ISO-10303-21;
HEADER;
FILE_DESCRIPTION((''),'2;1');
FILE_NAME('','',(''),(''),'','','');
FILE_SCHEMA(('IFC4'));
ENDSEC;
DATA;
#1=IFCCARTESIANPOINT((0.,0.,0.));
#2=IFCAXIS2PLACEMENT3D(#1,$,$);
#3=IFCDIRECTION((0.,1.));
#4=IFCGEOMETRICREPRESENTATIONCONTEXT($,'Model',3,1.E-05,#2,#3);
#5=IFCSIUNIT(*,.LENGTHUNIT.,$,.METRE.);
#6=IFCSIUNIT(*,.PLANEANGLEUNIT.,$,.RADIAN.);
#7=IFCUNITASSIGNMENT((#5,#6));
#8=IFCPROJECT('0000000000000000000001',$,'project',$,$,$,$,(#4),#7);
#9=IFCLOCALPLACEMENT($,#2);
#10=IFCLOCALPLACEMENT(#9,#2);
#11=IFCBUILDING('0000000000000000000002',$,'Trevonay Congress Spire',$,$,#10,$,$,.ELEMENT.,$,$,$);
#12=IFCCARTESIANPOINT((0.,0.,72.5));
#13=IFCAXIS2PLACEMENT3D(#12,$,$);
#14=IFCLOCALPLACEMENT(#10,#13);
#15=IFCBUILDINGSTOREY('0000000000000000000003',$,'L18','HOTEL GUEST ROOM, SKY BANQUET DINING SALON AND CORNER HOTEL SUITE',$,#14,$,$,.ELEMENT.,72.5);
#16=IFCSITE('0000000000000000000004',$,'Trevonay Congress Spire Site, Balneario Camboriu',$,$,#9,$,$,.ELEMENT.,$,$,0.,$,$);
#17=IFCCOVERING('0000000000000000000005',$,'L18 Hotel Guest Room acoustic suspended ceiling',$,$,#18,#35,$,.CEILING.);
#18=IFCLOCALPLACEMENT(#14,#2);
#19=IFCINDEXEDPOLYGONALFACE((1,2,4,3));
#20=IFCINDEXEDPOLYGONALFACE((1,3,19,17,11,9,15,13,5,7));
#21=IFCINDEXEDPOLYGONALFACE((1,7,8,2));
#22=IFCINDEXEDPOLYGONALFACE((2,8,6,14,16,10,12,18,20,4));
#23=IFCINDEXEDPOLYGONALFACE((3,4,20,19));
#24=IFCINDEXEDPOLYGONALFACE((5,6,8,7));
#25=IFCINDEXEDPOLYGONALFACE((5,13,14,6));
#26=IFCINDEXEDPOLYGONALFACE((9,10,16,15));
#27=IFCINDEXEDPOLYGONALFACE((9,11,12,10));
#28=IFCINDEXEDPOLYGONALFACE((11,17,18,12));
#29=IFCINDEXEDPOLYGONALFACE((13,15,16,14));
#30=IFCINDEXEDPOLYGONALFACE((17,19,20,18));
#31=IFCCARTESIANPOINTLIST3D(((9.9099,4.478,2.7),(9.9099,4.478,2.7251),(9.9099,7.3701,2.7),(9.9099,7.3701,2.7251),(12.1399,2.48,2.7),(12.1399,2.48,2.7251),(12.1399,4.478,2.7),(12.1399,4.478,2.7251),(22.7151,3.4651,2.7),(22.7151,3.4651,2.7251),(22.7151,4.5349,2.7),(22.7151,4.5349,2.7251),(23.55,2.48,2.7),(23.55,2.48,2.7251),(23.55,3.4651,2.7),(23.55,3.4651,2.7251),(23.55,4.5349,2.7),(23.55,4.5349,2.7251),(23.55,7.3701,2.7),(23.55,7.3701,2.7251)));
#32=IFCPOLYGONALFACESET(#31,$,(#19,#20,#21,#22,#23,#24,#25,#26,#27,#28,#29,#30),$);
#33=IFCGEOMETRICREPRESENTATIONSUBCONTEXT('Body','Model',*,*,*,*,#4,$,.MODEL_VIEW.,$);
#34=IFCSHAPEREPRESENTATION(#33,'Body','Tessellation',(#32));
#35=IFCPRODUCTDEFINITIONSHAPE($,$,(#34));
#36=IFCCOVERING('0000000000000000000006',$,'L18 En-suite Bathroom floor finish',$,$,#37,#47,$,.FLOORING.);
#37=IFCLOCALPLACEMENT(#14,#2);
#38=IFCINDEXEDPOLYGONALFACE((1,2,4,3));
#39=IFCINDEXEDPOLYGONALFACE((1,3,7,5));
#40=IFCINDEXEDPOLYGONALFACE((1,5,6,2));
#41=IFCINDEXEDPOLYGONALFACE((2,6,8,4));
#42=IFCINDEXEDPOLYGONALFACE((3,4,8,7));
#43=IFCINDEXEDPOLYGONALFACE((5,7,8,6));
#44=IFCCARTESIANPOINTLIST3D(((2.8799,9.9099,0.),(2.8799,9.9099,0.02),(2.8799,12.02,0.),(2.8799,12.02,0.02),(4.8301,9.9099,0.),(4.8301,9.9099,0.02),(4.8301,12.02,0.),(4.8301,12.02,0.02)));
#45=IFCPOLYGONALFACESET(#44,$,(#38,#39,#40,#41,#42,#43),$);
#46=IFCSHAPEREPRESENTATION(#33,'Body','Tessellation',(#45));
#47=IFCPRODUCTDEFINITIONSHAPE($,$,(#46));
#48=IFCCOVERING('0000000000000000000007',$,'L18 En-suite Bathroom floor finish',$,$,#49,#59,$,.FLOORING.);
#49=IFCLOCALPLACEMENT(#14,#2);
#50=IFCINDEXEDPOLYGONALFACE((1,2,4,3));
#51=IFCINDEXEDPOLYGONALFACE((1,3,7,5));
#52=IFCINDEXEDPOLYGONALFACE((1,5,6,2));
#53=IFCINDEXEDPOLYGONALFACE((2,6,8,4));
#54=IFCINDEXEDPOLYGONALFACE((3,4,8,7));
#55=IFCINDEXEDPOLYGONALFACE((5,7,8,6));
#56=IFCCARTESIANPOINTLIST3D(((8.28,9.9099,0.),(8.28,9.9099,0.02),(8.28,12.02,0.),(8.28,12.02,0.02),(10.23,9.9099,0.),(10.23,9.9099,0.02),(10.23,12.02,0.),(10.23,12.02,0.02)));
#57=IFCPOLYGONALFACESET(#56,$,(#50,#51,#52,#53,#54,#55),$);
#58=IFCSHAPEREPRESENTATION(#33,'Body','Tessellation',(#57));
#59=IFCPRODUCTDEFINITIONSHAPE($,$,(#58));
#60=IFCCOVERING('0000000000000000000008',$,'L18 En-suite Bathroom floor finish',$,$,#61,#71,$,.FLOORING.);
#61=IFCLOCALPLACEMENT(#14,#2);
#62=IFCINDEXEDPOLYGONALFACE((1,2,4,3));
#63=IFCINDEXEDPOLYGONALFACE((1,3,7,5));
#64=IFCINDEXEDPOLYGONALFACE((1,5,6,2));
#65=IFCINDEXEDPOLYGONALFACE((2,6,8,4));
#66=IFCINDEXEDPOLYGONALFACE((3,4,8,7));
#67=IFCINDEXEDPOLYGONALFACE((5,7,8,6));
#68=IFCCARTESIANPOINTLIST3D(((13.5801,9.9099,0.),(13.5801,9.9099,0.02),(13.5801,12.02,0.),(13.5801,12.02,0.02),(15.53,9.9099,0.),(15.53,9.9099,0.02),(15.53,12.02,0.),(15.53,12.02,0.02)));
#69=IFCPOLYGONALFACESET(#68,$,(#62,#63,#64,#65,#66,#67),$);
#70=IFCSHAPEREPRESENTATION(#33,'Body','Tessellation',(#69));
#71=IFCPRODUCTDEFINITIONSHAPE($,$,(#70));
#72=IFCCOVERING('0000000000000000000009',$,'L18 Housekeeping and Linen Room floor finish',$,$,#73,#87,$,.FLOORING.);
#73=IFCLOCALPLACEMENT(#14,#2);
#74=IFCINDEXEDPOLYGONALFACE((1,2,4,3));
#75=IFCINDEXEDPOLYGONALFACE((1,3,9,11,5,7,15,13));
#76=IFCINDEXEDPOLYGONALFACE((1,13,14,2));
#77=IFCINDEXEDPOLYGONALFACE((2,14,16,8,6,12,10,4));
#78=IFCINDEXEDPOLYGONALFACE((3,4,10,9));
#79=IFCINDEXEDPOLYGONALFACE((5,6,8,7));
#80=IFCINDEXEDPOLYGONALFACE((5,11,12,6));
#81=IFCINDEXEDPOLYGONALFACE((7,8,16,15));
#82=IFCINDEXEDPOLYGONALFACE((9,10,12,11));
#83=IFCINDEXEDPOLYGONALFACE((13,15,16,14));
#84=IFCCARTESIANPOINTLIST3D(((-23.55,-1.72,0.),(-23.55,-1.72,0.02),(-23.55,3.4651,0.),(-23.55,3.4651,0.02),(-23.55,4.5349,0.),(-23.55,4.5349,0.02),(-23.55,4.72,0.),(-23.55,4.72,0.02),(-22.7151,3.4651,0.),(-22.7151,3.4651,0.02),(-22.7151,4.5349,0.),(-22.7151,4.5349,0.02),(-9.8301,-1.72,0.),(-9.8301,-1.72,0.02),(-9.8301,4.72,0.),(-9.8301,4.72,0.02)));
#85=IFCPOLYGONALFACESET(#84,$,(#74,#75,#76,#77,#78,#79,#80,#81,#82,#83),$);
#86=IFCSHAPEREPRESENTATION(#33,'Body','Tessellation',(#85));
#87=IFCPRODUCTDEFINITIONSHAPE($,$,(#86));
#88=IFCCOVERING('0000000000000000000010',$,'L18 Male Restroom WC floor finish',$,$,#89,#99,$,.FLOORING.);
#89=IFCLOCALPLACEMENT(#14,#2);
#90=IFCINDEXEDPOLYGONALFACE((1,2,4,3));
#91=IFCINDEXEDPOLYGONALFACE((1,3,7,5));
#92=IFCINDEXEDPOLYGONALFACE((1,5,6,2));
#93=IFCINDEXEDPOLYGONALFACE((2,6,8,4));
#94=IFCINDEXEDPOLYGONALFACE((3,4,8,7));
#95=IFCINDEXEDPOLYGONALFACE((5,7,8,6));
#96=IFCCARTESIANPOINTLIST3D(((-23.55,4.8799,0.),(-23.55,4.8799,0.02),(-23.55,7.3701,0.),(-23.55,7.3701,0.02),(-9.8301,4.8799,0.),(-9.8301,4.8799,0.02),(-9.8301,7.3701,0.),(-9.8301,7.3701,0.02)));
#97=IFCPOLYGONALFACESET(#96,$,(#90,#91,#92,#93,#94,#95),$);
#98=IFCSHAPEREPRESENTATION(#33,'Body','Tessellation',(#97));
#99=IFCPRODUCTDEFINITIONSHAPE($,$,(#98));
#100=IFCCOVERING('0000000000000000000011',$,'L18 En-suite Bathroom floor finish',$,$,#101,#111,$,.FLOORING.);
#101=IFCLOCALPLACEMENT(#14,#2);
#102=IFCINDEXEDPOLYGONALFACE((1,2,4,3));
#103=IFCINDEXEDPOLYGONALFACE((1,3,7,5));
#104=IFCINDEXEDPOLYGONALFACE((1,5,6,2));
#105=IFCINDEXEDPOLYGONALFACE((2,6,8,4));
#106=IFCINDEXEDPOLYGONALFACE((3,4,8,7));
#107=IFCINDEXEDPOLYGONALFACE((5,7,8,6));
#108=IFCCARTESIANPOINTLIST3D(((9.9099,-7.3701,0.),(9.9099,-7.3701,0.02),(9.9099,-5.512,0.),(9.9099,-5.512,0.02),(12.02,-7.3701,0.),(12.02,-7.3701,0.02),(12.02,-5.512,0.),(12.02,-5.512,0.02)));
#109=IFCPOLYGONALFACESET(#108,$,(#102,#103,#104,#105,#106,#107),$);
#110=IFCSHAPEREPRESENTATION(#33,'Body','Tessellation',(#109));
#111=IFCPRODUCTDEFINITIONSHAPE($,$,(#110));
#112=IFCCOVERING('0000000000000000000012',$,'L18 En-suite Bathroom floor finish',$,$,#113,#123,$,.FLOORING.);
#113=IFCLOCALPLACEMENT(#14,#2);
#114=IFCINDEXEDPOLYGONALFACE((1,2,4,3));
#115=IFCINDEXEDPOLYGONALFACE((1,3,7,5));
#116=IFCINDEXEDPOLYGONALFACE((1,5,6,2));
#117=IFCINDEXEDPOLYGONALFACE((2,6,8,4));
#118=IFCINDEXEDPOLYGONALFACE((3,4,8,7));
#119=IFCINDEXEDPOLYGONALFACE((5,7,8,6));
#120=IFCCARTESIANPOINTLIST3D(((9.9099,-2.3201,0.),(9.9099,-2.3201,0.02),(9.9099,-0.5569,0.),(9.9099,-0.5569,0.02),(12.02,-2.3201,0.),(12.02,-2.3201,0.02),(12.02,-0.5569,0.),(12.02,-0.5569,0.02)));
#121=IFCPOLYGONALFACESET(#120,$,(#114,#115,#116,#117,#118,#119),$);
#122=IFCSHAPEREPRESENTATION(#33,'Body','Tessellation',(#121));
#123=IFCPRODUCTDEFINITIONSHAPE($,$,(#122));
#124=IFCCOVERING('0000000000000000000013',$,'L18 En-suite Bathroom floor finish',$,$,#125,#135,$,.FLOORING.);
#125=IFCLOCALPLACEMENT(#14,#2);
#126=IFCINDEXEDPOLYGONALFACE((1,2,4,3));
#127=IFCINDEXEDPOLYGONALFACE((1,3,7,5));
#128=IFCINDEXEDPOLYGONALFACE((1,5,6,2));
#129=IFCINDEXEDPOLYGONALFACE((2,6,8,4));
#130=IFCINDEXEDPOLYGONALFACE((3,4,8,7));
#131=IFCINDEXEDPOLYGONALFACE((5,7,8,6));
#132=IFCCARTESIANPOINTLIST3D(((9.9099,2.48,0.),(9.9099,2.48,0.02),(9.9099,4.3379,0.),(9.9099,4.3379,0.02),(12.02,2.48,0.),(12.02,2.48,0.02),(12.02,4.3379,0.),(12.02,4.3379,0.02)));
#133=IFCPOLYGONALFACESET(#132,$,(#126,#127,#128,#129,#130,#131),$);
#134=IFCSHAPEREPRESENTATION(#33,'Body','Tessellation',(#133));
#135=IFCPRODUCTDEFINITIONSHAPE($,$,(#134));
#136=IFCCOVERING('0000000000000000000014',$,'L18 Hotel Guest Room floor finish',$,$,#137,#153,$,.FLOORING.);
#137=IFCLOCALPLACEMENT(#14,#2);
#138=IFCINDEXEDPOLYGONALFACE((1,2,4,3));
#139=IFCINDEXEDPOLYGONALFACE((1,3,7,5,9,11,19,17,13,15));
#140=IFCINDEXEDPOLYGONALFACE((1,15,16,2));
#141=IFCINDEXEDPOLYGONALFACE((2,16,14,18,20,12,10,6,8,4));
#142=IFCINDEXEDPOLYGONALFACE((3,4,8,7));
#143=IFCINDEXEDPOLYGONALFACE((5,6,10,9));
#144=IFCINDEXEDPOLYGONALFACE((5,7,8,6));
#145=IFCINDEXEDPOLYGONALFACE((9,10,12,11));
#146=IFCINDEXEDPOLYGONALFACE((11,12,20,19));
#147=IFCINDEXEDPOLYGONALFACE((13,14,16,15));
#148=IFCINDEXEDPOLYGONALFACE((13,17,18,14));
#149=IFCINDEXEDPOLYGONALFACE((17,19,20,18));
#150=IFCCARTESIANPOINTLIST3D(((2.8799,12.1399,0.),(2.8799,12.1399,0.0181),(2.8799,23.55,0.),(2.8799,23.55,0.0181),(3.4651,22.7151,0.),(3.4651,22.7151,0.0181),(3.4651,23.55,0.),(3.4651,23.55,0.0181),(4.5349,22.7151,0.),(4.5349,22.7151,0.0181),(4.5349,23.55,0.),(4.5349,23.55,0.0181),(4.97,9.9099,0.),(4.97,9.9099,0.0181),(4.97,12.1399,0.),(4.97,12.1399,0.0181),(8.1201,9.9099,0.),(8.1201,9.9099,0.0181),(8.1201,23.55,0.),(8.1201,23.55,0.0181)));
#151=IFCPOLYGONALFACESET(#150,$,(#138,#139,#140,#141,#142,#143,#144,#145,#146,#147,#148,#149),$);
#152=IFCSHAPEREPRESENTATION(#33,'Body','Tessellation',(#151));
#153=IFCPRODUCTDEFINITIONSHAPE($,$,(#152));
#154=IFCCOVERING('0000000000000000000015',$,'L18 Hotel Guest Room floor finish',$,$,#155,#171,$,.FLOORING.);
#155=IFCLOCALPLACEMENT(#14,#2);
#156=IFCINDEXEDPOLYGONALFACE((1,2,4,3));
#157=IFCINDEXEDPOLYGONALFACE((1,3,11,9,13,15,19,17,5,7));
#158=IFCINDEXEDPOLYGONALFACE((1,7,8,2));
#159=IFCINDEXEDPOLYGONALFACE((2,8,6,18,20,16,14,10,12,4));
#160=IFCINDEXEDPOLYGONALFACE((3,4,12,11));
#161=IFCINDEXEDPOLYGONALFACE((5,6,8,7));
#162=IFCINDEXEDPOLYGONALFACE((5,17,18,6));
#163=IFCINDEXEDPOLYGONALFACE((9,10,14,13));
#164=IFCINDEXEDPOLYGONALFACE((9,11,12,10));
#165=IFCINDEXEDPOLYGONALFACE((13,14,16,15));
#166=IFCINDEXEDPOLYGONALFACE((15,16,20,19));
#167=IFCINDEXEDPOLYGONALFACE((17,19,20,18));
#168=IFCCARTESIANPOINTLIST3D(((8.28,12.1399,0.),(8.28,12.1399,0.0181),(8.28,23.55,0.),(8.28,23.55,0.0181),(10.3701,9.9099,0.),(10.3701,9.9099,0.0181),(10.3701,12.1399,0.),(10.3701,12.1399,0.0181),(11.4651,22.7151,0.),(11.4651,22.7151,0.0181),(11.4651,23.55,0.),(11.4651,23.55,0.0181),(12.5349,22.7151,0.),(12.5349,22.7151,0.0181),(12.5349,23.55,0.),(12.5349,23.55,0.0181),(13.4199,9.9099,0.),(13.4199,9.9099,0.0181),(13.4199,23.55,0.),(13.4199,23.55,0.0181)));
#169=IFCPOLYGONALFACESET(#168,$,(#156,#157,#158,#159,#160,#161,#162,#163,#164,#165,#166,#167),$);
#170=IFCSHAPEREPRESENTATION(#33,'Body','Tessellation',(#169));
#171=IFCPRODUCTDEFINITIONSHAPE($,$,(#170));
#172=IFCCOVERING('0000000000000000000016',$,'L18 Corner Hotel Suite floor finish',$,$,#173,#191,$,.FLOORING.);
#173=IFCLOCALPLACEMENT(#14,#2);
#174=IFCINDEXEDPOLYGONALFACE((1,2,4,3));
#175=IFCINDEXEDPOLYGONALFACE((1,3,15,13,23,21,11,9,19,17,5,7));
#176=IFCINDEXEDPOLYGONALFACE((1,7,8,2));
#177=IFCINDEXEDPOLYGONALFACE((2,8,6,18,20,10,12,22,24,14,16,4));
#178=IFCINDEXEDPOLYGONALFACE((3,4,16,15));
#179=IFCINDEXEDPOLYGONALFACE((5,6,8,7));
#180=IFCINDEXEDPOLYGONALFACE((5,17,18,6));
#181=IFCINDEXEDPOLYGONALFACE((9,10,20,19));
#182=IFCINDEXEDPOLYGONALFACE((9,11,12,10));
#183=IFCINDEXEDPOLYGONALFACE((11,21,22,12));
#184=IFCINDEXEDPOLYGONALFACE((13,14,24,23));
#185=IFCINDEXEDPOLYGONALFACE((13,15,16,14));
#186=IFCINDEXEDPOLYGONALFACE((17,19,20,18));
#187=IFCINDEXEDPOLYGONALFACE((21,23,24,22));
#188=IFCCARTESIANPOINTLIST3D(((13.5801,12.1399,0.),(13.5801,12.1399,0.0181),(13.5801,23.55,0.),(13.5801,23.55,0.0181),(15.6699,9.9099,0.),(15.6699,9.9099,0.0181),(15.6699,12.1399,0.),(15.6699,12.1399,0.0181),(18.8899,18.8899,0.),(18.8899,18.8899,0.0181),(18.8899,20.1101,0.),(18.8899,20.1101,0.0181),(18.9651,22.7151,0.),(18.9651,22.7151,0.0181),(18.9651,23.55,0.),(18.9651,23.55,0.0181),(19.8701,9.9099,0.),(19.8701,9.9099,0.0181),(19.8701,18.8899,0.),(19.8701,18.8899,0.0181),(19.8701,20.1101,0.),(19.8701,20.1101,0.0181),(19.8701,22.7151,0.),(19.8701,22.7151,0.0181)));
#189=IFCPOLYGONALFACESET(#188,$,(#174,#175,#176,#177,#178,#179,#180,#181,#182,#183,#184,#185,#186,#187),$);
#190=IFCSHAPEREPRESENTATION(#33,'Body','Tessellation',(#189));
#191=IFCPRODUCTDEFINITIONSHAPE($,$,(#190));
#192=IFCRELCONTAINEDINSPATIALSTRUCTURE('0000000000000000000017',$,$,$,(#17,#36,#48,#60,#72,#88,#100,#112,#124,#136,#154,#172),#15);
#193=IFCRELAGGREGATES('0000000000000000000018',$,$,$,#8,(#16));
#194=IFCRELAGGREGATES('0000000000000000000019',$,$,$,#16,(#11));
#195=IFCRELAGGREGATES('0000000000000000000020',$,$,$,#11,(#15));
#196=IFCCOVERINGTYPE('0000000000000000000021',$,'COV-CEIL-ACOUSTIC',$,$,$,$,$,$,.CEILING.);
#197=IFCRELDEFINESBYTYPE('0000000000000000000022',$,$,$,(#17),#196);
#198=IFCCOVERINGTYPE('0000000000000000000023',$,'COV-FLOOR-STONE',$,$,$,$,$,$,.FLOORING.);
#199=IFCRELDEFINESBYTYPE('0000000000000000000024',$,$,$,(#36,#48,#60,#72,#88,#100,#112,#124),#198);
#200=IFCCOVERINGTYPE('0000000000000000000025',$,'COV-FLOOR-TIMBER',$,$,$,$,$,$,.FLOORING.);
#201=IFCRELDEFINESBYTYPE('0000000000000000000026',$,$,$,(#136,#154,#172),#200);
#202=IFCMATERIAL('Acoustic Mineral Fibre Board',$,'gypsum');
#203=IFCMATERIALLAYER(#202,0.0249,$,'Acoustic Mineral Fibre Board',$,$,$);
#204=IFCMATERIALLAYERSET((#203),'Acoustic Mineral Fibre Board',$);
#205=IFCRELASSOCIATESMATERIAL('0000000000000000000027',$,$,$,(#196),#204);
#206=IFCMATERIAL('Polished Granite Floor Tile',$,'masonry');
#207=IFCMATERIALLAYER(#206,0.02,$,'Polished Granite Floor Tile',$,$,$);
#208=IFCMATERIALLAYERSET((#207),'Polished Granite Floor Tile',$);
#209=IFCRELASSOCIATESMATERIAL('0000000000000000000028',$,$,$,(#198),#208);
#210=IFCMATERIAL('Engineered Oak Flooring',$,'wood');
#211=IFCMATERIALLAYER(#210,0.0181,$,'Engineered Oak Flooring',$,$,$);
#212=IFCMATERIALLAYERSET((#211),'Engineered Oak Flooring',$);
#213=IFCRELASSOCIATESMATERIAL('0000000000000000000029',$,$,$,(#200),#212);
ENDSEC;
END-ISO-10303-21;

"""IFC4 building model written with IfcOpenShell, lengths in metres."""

from ifc_helpers import new_model, si_unit, direction, frame, origin, place, context, subcontext, project, spatial, polyline, outline, extrude, material, layer, layer_set, type_object, element, save


model = new_model("IFC4")

# Units and contexts
model_context = context("Model", 3, precision=1e-05, world=origin(), true_north=direction((0.0, 1.0)))
body_context = subcontext(model_context, "Body", "Model", "MODEL_VIEW")
ifc_project = project(units=[si_unit("LENGTHUNIT", "METRE"), si_unit("PLANEANGLEUNIT", "RADIAN")], contexts=[model_context])

# Site, building, storey
site_placement = place(None, origin())
site = spatial("IfcSite", under=ifc_project, at=site_placement, Name="Trevonay Congress Spire Site, Balneario Camboriu", CompositionType="ELEMENT", RefElevation=0.0)
building_placement = place(site_placement, origin())
building = spatial("IfcBuilding", under=site, at=building_placement, Name="Trevonay Congress Spire", CompositionType="ELEMENT")
storey_placement = place(building_placement, frame((0.0, 0.0, 72.5)))
storey = spatial("IfcBuildingStorey", under=building, at=storey_placement, Name="L18", Description="HOTEL GUEST ROOM, SKY BANQUET DINING SALON AND CORNER HOTEL SUITE", CompositionType="ELEMENT", Elevation=72.5)

# Coverings
ifc_material_1 = material(Name="Acoustic Mineral Fibre Board", Category="gypsum")
ifc_layer_1 = layer(ifc_material_1, 0.0249, Name="Acoustic Mineral Fibre Board")
ifc_layer_set_1 = layer_set([ifc_layer_1], Name="Acoustic Mineral Fibre Board")
covering_type_1 = type_object("IfcCoveringType", Name="COV-CEIL-ACOUSTIC", PredefinedType="CEILING", material=ifc_layer_set_1)
covering_1_placement = place(storey_placement, frame((0.0, 0.0, 2.7)))
element("IfcCovering", 1, at=covering_1_placement, inside=storey, type_object=covering_type_1, Name="L18 Hotel Guest Room acoustic suspended ceiling", PredefinedType="CEILING", context=body_context, shape_type="SweptSolid", body=[
    extrude(outline(polyline([(9.9099, 7.3701), (23.55, 7.3701), (23.55, 4.5349), (22.7151, 4.5349), (22.7151, 3.4651), (23.55, 3.4651), (23.55, 2.48), (12.1399, 2.48), (12.1399, 4.478), (9.9099, 4.478), (9.9099, 7.3701)])), origin(), (0.0, 0.0, 1.0), 0.0251),
])
ifc_material_2 = material(Name="Polished Granite Floor Tile", Category="masonry")
ifc_layer_2 = layer(ifc_material_2, 0.02, Name="Polished Granite Floor Tile")
ifc_layer_set_2 = layer_set([ifc_layer_2], Name="Polished Granite Floor Tile")
covering_type_2 = type_object("IfcCoveringType", Name="COV-FLOOR-STONE", PredefinedType="FLOORING", material=ifc_layer_set_2)
covering_2_placement = place(storey_placement, origin())
element("IfcCovering", 2, at=covering_2_placement, inside=storey, type_object=covering_type_2, Name="L18 En-suite Bathroom floor finish", PredefinedType="FLOORING", context=body_context, shape_type="SweptSolid", body=[
    extrude(outline(polyline([(2.8799, 9.9099), (4.8301, 9.9099), (4.8301, 12.02), (2.8799, 12.02), (2.8799, 9.9099)])), origin(), (0.0, 0.0, 1.0), 0.02),
])
covering_3_placement = place(storey_placement, origin())
element("IfcCovering", 3, at=covering_3_placement, inside=storey, type_object=covering_type_2, Name="L18 En-suite Bathroom floor finish", PredefinedType="FLOORING", context=body_context, shape_type="SweptSolid", body=[
    extrude(outline(polyline([(8.28, 9.9099), (10.23, 9.9099), (10.23, 12.02), (8.28, 12.02), (8.28, 9.9099)])), origin(), (0.0, 0.0, 1.0), 0.02),
])
covering_4_placement = place(storey_placement, origin())
element("IfcCovering", 4, at=covering_4_placement, inside=storey, type_object=covering_type_2, Name="L18 En-suite Bathroom floor finish", PredefinedType="FLOORING", context=body_context, shape_type="SweptSolid", body=[
    extrude(outline(polyline([(13.5801, 9.9099), (15.53, 9.9099), (15.53, 12.02), (13.5801, 12.02), (13.5801, 9.9099)])), origin(), (0.0, 0.0, 1.0), 0.02),
])
covering_5_placement = place(storey_placement, origin())
element("IfcCovering", 5, at=covering_5_placement, inside=storey, type_object=covering_type_2, Name="L18 Housekeeping and Linen Room floor finish", PredefinedType="FLOORING", context=body_context, shape_type="SweptSolid", body=[
    extrude(outline(polyline([(-23.55, 4.72), (-9.8301, 4.72), (-9.8301, -1.72), (-23.55, -1.72), (-23.55, 3.4651), (-22.7151, 3.4651), (-22.7151, 4.5349), (-23.55, 4.5349), (-23.55, 4.72)])), origin(), (0.0, 0.0, 1.0), 0.02),
])
covering_6_placement = place(storey_placement, origin())
element("IfcCovering", 6, at=covering_6_placement, inside=storey, type_object=covering_type_2, Name="L18 Male Restroom WC floor finish", PredefinedType="FLOORING", context=body_context, shape_type="SweptSolid", body=[
    extrude(outline(polyline([(-23.55, 4.8799), (-9.8301, 4.8799), (-9.8301, 7.3701), (-23.55, 7.3701), (-23.55, 4.8799)])), origin(), (0.0, 0.0, 1.0), 0.02),
])
covering_7_placement = place(storey_placement, origin())
element("IfcCovering", 7, at=covering_7_placement, inside=storey, type_object=covering_type_2, Name="L18 En-suite Bathroom floor finish", PredefinedType="FLOORING", context=body_context, shape_type="SweptSolid", body=[
    extrude(outline(polyline([(9.9099, -7.3701), (12.02, -7.3701), (12.02, -5.512), (9.9099, -5.512), (9.9099, -7.3701)])), origin(), (0.0, 0.0, 1.0), 0.02),
])
covering_8_placement = place(storey_placement, origin())
element("IfcCovering", 8, at=covering_8_placement, inside=storey, type_object=covering_type_2, Name="L18 En-suite Bathroom floor finish", PredefinedType="FLOORING", context=body_context, shape_type="SweptSolid", body=[
    extrude(outline(polyline([(9.9099, -2.3201), (12.02, -2.3201), (12.02, -0.5569), (9.9099, -0.5569), (9.9099, -2.3201)])), origin(), (0.0, 0.0, 1.0), 0.02),
])
covering_9_placement = place(storey_placement, origin())
element("IfcCovering", 9, at=covering_9_placement, inside=storey, type_object=covering_type_2, Name="L18 En-suite Bathroom floor finish", PredefinedType="FLOORING", context=body_context, shape_type="SweptSolid", body=[
    extrude(outline(polyline([(9.9099, 2.48), (12.02, 2.48), (12.02, 4.3379), (9.9099, 4.3379), (9.9099, 2.48)])), origin(), (0.0, 0.0, 1.0), 0.02),
])
ifc_material_3 = material(Name="Engineered Oak Flooring", Category="wood")
ifc_layer_3 = layer(ifc_material_3, 0.0181, Name="Engineered Oak Flooring")
ifc_layer_set_3 = layer_set([ifc_layer_3], Name="Engineered Oak Flooring")
covering_type_3 = type_object("IfcCoveringType", Name="COV-FLOOR-TIMBER", PredefinedType="FLOORING", material=ifc_layer_set_3)
covering_10_placement = place(storey_placement, origin())
element("IfcCovering", 10, at=covering_10_placement, inside=storey, type_object=covering_type_3, Name="L18 Hotel Guest Room floor finish", PredefinedType="FLOORING", context=body_context, shape_type="SweptSolid", body=[
    extrude(outline(polyline([(8.1201, 23.55), (8.1201, 9.9099), (4.97, 9.9099), (4.97, 12.1399), (2.8799, 12.1399), (2.8799, 23.55), (3.4651, 23.55), (3.4651, 22.7151), (4.5349, 22.7151), (4.5349, 23.55), (8.1201, 23.55)])), origin(), (0.0, 0.0, 1.0), 0.0181),
])
covering_11_placement = place(storey_placement, origin())
element("IfcCovering", 11, at=covering_11_placement, inside=storey, type_object=covering_type_3, Name="L18 Hotel Guest Room floor finish", PredefinedType="FLOORING", context=body_context, shape_type="SweptSolid", body=[
    extrude(outline(polyline([(13.4199, 23.55), (13.4199, 9.9099), (10.3701, 9.9099), (10.3701, 12.1399), (8.28, 12.1399), (8.28, 23.55), (11.4651, 23.55), (11.4651, 22.7151), (12.5349, 22.7151), (12.5349, 23.55), (13.4199, 23.55)])), origin(), (0.0, 0.0, 1.0), 0.0181),
])
covering_12_placement = place(storey_placement, origin())
element("IfcCovering", 12, at=covering_12_placement, inside=storey, type_object=covering_type_3, Name="L18 Corner Hotel Suite floor finish", PredefinedType="FLOORING", context=body_context, shape_type="SweptSolid", body=[
    extrude(outline(polyline([(19.8701, 9.9099), (15.6699, 9.9099), (15.6699, 12.1399), (13.5801, 12.1399), (13.5801, 23.55), (18.9651, 23.55), (18.9651, 22.7151), (19.8701, 22.7151), (19.8701, 20.1101), (18.8899, 20.1101), (18.8899, 18.8899), (19.8701, 18.8899), (19.8701, 9.9099)])), origin(), (0.0, 0.0, 1.0), 0.0181),
])

save(model, "model.ifc")
